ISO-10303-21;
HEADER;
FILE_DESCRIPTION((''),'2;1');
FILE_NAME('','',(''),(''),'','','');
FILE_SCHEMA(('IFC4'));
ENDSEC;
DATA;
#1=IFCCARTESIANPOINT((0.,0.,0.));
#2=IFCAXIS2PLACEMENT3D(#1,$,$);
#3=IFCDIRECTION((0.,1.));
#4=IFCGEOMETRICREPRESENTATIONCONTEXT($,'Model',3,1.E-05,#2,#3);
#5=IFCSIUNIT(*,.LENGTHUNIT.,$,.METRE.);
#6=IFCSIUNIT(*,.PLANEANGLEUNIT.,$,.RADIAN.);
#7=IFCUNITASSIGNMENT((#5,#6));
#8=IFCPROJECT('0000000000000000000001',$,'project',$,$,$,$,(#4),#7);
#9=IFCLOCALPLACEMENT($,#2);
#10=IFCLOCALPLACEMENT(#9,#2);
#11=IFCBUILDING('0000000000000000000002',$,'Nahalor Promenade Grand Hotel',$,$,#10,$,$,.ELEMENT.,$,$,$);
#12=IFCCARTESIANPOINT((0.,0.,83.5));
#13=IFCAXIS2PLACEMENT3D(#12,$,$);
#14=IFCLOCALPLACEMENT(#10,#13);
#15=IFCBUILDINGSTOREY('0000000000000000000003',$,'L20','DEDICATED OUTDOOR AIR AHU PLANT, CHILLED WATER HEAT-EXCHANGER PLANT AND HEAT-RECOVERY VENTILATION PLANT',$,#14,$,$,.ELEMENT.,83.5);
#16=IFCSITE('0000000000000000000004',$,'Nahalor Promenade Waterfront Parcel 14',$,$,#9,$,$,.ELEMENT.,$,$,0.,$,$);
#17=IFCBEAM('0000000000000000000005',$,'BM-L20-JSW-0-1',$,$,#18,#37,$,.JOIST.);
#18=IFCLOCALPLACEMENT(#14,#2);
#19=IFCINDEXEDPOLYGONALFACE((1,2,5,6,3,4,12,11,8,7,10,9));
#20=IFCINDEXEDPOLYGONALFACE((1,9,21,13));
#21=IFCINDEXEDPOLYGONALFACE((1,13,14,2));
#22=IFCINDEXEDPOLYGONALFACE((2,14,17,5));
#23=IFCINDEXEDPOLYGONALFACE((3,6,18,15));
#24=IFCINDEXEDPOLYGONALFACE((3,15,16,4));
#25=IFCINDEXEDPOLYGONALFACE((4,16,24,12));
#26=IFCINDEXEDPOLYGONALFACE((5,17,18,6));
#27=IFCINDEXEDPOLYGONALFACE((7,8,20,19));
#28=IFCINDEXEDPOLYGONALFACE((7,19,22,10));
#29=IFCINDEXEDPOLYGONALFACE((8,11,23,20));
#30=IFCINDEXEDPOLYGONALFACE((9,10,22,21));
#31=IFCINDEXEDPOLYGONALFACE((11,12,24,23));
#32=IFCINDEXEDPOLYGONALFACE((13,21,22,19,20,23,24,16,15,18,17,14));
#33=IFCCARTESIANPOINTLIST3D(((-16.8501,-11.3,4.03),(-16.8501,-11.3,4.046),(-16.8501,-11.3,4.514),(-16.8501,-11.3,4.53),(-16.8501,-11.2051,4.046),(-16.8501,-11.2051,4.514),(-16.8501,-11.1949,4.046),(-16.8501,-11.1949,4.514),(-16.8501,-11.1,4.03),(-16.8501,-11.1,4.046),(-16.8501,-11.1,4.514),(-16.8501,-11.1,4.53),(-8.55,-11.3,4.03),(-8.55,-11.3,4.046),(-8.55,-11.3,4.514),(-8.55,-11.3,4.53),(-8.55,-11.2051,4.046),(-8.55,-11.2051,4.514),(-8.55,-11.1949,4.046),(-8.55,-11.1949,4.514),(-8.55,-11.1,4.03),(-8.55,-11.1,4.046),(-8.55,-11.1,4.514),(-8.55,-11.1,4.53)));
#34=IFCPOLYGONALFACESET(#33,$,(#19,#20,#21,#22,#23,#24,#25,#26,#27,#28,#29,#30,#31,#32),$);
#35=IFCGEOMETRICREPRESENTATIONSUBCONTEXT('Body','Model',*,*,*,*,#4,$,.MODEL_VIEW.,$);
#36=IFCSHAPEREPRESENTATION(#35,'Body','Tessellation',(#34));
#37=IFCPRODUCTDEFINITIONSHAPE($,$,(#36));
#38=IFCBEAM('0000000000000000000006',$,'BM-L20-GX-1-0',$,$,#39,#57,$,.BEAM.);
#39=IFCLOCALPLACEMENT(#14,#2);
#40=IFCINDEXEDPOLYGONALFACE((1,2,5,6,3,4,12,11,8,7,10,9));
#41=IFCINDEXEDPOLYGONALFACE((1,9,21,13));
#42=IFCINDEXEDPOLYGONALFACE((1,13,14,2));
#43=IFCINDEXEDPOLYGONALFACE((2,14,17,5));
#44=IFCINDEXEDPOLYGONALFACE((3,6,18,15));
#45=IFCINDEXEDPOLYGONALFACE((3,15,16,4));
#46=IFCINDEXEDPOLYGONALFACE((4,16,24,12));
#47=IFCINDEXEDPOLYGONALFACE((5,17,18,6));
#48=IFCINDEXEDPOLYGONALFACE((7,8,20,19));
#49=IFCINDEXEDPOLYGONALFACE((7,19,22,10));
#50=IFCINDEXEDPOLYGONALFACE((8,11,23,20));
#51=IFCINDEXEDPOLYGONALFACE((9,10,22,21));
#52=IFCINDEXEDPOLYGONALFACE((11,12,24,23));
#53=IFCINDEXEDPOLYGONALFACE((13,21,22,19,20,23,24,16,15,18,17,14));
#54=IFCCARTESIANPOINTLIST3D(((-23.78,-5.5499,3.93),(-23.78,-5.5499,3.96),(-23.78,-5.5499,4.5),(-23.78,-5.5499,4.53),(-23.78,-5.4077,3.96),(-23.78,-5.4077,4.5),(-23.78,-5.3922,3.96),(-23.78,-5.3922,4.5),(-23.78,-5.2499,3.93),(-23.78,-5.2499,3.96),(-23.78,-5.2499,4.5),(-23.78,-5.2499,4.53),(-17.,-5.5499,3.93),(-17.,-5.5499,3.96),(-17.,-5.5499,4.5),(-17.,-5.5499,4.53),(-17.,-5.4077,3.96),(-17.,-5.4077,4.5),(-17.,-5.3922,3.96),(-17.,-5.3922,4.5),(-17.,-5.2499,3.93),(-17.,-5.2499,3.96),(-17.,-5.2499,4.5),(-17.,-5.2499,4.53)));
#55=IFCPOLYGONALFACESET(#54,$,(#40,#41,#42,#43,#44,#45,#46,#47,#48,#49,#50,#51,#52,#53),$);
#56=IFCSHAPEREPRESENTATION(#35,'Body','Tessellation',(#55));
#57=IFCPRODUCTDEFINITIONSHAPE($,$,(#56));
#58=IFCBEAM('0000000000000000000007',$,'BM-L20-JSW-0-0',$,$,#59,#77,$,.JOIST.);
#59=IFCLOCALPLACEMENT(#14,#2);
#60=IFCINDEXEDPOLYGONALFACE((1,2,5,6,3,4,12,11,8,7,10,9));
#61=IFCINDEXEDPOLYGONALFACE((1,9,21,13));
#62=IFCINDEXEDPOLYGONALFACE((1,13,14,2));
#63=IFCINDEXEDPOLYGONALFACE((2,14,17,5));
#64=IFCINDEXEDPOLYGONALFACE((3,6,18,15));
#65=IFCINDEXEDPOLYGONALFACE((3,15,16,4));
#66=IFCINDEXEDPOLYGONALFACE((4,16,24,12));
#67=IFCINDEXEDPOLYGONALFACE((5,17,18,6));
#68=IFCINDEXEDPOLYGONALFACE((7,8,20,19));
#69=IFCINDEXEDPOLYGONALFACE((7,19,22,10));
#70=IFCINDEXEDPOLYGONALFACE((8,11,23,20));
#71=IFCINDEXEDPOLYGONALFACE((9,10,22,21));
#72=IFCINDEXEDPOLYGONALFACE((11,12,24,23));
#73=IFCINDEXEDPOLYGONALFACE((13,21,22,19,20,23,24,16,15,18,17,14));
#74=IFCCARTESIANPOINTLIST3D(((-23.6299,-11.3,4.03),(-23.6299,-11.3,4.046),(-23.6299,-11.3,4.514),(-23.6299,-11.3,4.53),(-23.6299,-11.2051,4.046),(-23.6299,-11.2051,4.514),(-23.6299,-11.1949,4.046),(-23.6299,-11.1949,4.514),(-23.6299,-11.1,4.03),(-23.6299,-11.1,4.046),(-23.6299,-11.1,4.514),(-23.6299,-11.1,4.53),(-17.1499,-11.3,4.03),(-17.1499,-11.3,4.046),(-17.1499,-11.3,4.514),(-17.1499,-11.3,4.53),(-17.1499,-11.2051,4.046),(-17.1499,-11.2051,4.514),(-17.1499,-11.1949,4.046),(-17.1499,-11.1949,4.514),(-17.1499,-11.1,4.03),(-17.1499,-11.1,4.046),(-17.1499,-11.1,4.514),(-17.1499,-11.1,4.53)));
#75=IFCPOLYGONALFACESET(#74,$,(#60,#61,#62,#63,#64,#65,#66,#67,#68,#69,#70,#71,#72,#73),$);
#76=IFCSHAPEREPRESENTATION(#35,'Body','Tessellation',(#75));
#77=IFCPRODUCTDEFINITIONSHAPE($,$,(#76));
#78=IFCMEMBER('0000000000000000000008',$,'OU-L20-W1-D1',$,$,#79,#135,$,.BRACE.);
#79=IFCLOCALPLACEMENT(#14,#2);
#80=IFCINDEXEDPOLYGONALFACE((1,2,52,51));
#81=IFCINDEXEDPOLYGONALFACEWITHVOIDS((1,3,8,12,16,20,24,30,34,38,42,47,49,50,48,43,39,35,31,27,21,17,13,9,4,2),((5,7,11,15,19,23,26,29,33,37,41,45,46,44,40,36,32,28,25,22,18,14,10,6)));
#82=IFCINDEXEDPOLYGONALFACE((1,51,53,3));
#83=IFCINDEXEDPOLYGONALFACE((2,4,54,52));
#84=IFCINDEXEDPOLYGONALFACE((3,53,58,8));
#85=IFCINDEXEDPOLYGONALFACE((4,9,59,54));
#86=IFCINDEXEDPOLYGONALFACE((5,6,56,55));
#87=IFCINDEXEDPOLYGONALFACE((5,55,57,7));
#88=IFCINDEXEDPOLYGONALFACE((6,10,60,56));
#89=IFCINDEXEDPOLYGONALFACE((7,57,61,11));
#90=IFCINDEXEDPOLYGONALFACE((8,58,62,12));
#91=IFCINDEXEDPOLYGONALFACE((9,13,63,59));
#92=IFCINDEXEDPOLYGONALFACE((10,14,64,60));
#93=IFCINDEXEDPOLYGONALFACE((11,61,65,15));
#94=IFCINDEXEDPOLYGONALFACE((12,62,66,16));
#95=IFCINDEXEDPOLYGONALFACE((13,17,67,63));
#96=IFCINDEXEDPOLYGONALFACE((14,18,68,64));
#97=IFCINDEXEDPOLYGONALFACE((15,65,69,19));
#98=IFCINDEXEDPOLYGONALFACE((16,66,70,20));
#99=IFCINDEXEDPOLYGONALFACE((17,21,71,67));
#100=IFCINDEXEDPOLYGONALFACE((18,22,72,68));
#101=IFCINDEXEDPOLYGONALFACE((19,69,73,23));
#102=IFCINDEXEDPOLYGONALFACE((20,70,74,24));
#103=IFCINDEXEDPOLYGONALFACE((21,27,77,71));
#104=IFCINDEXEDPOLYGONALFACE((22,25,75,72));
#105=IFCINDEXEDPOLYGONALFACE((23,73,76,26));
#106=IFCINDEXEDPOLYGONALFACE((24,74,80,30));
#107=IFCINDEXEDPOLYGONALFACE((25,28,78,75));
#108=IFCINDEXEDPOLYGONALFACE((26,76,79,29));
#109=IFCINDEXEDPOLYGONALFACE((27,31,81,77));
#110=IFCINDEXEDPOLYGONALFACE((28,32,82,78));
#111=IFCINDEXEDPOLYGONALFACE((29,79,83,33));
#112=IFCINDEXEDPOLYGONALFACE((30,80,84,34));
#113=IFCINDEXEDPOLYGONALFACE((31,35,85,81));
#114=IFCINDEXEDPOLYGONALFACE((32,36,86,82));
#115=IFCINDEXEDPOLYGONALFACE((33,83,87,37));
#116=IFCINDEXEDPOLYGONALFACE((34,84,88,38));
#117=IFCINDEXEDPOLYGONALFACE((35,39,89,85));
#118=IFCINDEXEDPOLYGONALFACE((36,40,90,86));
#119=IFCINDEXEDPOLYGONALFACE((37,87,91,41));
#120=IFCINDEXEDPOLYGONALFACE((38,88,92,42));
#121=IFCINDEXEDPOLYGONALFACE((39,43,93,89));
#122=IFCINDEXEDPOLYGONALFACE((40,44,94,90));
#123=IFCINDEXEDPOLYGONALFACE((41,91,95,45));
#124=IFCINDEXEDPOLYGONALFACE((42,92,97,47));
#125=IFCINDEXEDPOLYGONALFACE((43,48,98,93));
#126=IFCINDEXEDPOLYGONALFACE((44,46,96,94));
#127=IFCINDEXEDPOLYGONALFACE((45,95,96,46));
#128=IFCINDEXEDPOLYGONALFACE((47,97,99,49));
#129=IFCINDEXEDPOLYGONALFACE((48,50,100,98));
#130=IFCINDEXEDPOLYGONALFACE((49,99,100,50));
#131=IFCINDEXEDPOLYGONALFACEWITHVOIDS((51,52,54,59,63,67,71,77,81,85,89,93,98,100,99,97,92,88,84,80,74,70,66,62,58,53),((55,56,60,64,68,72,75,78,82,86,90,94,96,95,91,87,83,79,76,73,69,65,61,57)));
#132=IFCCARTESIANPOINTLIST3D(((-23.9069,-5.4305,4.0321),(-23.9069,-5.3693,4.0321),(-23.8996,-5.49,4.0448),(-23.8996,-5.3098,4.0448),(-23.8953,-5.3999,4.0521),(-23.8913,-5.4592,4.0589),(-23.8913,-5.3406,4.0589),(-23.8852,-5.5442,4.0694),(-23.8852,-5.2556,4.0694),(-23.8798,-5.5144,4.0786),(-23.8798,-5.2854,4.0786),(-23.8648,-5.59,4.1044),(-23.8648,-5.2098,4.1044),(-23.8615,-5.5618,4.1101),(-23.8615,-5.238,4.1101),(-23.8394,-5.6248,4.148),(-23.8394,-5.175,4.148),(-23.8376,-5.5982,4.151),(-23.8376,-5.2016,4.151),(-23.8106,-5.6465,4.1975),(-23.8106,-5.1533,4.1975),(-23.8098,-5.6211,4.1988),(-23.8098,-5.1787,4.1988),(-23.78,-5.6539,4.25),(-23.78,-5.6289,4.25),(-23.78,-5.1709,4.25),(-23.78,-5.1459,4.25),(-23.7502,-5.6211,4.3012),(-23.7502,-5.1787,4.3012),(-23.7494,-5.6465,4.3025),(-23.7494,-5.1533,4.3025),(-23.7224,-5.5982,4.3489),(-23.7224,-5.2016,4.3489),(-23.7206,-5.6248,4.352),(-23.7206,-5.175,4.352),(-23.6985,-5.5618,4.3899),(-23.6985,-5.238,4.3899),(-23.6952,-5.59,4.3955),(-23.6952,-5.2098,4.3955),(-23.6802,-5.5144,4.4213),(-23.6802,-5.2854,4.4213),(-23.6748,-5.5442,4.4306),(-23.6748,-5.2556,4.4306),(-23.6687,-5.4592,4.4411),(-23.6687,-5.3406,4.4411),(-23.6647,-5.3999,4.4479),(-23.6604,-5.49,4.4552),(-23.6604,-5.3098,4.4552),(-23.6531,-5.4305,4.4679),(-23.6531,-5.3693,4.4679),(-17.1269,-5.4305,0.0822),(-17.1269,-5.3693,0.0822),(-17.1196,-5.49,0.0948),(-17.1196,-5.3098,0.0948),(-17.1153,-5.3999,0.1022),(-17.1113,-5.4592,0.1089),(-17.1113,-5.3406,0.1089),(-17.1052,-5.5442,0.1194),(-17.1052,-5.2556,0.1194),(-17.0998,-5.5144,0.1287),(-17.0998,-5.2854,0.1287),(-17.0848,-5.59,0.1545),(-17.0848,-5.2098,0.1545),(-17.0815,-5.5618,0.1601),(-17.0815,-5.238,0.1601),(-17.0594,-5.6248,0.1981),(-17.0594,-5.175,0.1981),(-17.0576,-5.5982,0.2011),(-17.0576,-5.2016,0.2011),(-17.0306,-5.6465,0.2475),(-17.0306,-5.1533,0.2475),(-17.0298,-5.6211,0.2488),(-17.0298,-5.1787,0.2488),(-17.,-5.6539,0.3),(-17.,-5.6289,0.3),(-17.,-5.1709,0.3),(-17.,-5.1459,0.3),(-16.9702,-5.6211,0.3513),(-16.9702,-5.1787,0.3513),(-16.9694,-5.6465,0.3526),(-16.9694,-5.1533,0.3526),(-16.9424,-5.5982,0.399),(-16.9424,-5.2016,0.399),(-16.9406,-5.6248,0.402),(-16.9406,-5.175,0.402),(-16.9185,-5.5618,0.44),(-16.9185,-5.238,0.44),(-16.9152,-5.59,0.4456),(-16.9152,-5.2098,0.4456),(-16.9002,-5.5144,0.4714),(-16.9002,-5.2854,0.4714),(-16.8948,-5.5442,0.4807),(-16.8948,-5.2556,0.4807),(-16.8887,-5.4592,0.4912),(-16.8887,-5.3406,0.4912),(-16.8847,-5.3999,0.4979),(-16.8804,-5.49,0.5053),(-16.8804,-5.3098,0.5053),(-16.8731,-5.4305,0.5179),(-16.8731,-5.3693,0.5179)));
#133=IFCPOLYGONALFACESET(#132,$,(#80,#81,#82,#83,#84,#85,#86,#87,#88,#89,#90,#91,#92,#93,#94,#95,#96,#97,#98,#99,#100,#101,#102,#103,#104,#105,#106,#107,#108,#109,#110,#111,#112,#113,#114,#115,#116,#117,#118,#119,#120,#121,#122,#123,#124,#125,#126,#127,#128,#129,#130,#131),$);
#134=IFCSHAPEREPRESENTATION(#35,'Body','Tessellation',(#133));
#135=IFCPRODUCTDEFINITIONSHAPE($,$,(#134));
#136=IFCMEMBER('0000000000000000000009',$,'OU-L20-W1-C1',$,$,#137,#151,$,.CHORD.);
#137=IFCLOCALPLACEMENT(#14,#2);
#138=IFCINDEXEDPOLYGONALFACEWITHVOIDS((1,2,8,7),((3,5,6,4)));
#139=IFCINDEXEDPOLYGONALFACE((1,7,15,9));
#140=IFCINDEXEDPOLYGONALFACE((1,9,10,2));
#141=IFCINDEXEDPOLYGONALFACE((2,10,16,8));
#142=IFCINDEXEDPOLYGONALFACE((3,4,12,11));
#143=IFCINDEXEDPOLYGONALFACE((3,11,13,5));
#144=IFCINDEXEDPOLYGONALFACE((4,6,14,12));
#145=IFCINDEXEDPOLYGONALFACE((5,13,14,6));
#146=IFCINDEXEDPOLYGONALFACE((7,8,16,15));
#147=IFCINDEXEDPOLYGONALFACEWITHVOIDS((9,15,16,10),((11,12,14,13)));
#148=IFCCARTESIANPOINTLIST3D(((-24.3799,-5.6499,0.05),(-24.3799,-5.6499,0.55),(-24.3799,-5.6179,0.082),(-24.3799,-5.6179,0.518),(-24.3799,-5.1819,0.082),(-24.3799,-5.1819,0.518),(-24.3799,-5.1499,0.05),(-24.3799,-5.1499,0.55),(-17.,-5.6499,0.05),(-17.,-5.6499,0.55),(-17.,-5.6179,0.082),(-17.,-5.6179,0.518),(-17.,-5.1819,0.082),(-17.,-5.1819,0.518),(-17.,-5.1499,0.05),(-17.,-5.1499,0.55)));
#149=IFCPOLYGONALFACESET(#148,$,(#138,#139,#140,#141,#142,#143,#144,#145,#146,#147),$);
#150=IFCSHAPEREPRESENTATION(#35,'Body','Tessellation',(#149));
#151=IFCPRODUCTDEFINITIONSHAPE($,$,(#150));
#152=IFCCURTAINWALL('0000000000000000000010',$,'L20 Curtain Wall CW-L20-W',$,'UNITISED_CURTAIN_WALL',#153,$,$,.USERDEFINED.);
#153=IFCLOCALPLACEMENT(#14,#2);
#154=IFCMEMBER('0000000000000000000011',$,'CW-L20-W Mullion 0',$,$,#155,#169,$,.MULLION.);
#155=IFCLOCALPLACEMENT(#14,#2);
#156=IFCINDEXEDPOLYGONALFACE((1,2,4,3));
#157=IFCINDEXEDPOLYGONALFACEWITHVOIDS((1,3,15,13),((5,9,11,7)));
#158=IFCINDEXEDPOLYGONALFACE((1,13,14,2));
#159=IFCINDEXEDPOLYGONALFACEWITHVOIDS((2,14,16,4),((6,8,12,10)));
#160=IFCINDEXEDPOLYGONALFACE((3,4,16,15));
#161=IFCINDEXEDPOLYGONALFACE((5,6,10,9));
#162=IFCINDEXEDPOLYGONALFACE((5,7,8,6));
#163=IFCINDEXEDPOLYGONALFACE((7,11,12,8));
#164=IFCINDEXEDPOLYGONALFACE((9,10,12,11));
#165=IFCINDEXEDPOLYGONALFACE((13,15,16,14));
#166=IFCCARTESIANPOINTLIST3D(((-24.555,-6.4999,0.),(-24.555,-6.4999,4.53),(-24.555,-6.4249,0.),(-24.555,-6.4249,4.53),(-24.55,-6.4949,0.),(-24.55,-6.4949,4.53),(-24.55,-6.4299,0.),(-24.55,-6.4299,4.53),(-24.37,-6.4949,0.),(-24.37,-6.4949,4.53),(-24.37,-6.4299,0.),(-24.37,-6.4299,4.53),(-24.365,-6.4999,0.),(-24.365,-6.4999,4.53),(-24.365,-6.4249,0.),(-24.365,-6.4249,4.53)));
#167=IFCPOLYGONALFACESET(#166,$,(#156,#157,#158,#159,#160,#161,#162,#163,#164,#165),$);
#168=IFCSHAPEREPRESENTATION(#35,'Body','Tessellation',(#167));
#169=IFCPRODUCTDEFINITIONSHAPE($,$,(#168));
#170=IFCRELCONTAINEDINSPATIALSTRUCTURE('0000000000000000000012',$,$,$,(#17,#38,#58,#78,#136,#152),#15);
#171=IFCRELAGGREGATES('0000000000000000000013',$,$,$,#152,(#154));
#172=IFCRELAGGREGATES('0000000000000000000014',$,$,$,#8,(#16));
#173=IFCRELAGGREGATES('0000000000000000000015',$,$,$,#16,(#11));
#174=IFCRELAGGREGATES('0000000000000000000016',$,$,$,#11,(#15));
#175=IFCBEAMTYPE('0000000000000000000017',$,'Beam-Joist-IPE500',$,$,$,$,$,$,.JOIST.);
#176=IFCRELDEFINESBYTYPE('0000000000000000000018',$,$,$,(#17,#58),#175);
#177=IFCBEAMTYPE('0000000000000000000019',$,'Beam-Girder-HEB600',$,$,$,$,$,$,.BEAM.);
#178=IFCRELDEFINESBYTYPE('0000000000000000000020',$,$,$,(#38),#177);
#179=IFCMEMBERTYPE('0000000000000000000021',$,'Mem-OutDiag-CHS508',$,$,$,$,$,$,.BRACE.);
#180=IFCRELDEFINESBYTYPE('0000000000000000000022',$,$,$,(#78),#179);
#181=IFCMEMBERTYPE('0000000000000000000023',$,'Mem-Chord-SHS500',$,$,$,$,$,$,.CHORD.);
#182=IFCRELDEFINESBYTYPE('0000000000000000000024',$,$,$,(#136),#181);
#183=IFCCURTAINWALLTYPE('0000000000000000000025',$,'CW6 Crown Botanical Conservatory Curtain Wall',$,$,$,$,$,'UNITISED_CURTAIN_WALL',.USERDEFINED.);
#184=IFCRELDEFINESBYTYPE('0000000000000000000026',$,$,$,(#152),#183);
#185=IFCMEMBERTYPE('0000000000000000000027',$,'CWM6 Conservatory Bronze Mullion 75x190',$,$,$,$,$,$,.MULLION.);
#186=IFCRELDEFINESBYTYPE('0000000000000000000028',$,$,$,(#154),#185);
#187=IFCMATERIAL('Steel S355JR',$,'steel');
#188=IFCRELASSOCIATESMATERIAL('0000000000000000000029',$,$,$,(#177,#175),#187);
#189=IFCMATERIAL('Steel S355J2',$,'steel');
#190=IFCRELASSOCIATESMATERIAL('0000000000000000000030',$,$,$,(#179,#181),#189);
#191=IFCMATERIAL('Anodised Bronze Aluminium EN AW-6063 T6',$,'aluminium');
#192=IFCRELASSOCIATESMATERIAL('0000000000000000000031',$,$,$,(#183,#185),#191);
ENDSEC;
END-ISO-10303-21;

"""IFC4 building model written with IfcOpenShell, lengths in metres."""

from ifc_helpers import new_model, si_unit, direction, frame, origin, origin_2d, place, context, subcontext, project, spatial, hollow_rectangle, hollow_circle, i_section, extrude, source, transform, mapped, material, material_profile, profile_set, type_object, element, aggregate, save


model = new_model("IFC4")

# Units and contexts
model_context = context("Model", 3, precision=1e-05, world=origin(), true_north=direction((0.0, 1.0)))
body_context = subcontext(model_context, "Body", "Model", "MODEL_VIEW")
ifc_project = project(units=[si_unit("LENGTHUNIT", "METRE"), si_unit("PLANEANGLEUNIT", "RADIAN")], contexts=[model_context])

# Site, building, storey
site_placement = place(None, origin())
site = spatial("IfcSite", under=ifc_project, at=site_placement, Name="Nahalor Promenade Waterfront Parcel 14", CompositionType="ELEMENT", RefElevation=0.0)
building_placement = place(site_placement, origin())
building = spatial("IfcBuilding", under=site, at=building_placement, Name="Nahalor Promenade Grand Hotel", CompositionType="ELEMENT")
storey_placement = place(building_placement, frame((0.0, 0.0, 83.5)))
storey = spatial("IfcBuildingStorey", under=building, at=storey_placement, Name="L20", Description="DEDICATED OUTDOOR AIR AHU PLANT, CHILLED WATER HEAT-EXCHANGER PLANT AND HEAT-RECOVERY VENTILATION PLANT", CompositionType="ELEMENT", Elevation=83.5)

# Shared definitions
ifc_material_1 = material(Name="Steel S355J2", Category="steel")

# Beams
ifc_material_2 = material(Name="Steel S355JR", Category="steel")
ifc_material_profile_1 = material_profile(ifc_material_2, i_section(OverallWidth=0.3, OverallDepth=0.6, WebThickness=0.0155, FlangeThickness=0.03, at=origin_2d()), Name="HEB 600")
ifc_profile_set_1 = profile_set([ifc_material_profile_1], Name="Steel S355JR")
beam_type_1 = type_object("IfcBeamType", Name="Beam-Girder-HEB600", PredefinedType="BEAM", material=ifc_profile_set_1)
ifc_material_profile_2 = material_profile(ifc_material_2, i_section(OverallWidth=0.2, OverallDepth=0.5, WebThickness=0.0102, FlangeThickness=0.016, at=origin_2d()), Name="IPE 500")
ifc_profile_set_2 = profile_set([ifc_material_profile_2], Name="Steel S355JR")
beam_type_2 = type_object("IfcBeamType", Name="Beam-Joist-IPE500", PredefinedType="JOIST", material=ifc_profile_set_2)
shared_shape_1 = source(origin(), body_context, "Body", "SweptSolid", [
    extrude(i_section(OverallWidth=0.2, OverallDepth=0.5, WebThickness=0.0102, FlangeThickness=0.016, at=origin_2d()), origin(), (0.0, 0.0, 1.0), 8.3),
])
beam_1_placement = place(storey_placement, frame((-16.8501, -11.2, 4.28), z_axis=(1.0, 0.0, 0.0), x_axis=(0.0, 1.0, 0.0)))
element("IfcBeam", 1, at=beam_1_placement, inside=storey, type_object=beam_type_2, Name="BM-L20-JSW-0-1", PredefinedType="JOIST", context=body_context, shape_type="MappedRepresentation", body=[
    mapped(shared_shape_1, transform((0.0, 0.0, 0.0), scale=1.0)),
])
shared_shape_2 = source(origin(), body_context, "Body", "SweptSolid", [
    extrude(i_section(OverallWidth=0.3, OverallDepth=0.6, WebThickness=0.0155, FlangeThickness=0.03, at=origin_2d()), origin(), (0.0, 0.0, 1.0), 6.78),
])
beam_2_placement = place(storey_placement, frame((-23.78, -5.3999, 4.23), z_axis=(1.0, 0.0, 0.0), x_axis=(0.0, 1.0, 0.0)))
element("IfcBeam", 2, at=beam_2_placement, inside=storey, type_object=beam_type_1, Name="BM-L20-GX-1-0", PredefinedType="BEAM", context=body_context, shape_type="MappedRepresentation", body=[
    mapped(shared_shape_2, transform((0.0, 0.0, 0.0), scale=1.0)),
])
shared_shape_3 = source(origin(), body_context, "Body", "SweptSolid", [
    extrude(i_section(OverallWidth=0.2, OverallDepth=0.5, WebThickness=0.0102, FlangeThickness=0.016, at=origin_2d()), origin(), (0.0, 0.0, 1.0), 6.48),
])
beam_3_placement = place(storey_placement, frame((-23.6299, -11.2, 4.28), z_axis=(1.0, 0.0, 0.0), x_axis=(0.0, 1.0, 0.0)))
element("IfcBeam", 3, at=beam_3_placement, inside=storey, type_object=beam_type_2, Name="BM-L20-JSW-0-0", PredefinedType="JOIST", context=body_context, shape_type="MappedRepresentation", body=[
    mapped(shared_shape_3, transform((0.0, 0.0, 0.0), scale=1.0)),
])

# Members
ifc_material_profile_3 = material_profile(ifc_material_1, hollow_circle(Radius=0.254, WallThickness=0.025, at=origin_2d()), Name="CHS 508x25")
ifc_profile_set_3 = profile_set([ifc_material_profile_3], Name="Steel S355J2")
member_type_1 = type_object("IfcMemberType", Name="Mem-OutDiag-CHS508", PredefinedType="BRACE", material=ifc_profile_set_3)
shared_shape_4 = source(origin(), body_context, "Body", "SweptSolid", [
    extrude(hollow_circle(Radius=0.254, WallThickness=0.025, at=origin_2d()), origin(), (0.0, 0.0, 1.0), 7.8467),
])
member_1_placement = place(storey_placement, frame((-17.0, -5.3999, 0.3), z_axis=(-0.86406, 0.0, 0.503389), x_axis=(0.0, -1.0, 0.0)))
element("IfcMember", 4, at=member_1_placement, inside=storey, type_object=member_type_1, Name="OU-L20-W1-D1", PredefinedType="BRACE", context=body_context, shape_type="MappedRepresentation", body=[
    mapped(shared_shape_4, transform((0.0, 0.0, 0.0), scale=1.0)),
])
ifc_material_profile_4 = material_profile(ifc_material_1, hollow_rectangle(XDim=0.5, YDim=0.5, WallThickness=0.032, at=origin_2d()), Name="SHS 500x500x32")
ifc_profile_set_4 = profile_set([ifc_material_profile_4], Name="Steel S355J2")
member_type_2 = type_object("IfcMemberType", Name="Mem-Chord-SHS500", PredefinedType="CHORD", material=ifc_profile_set_4)
shared_shape_5 = source(origin(), body_context, "Body", "SweptSolid", [
    extrude(hollow_rectangle(XDim=0.5, YDim=0.5, WallThickness=0.032, at=origin_2d()), origin(), (0.0, 0.0, 1.0), 7.3799),
])
member_2_placement = place(storey_placement, frame((-17.0, -5.3999, 0.3), z_axis=(-1.0, 0.0, 0.0), x_axis=(0.0, -1.0, 0.0)))
element("IfcMember", 5, at=member_2_placement, inside=storey, type_object=member_type_2, Name="OU-L20-W1-C1", PredefinedType="CHORD", context=body_context, shape_type="MappedRepresentation", body=[
    mapped(shared_shape_5, transform((0.0, 0.0, 0.0), scale=1.0)),
])

# Curtain wall, member
ifc_material_3 = material(Name="Anodised Bronze Aluminium EN AW-6063 T6", Category="aluminium")
curtain_wall_type = type_object("IfcCurtainWallType", Name="CW6 Crown Botanical Conservatory Curtain Wall", ElementType="UNITISED_CURTAIN_WALL", PredefinedType="USERDEFINED", material=ifc_material_3)
curtain_wall_placement = place(storey_placement, origin())
curtain_wall = element("IfcCurtainWall", 6, at=curtain_wall_placement, inside=storey, type_object=curtain_wall_type, Name="L20 Curtain Wall CW-L20-W", ObjectType="UNITISED_CURTAIN_WALL", PredefinedType="USERDEFINED")
ifc_material_profile_5 = material_profile(ifc_material_3, hollow_rectangle(XDim=0.075, YDim=0.19, WallThickness=0.005, at=origin_2d()), Name="CWM 75x190x5")
ifc_profile_set_5 = profile_set([ifc_material_profile_5], Name="Anodised Bronze Aluminium EN AW-6063 T6")
member_type_3 = type_object("IfcMemberType", Name="CWM6 Conservatory Bronze Mullion 75x190", PredefinedType="MULLION", material=ifc_profile_set_5)
shared_shape_6 = source(origin(), body_context, "Body", "SweptSolid", [
    extrude(hollow_rectangle(XDim=0.075, YDim=0.19, WallThickness=0.005, at=origin_2d()), origin(), (0.0, 0.0, 1.0), 4.53),
])
member_3_placement = place(storey_placement, frame((-24.46, -6.4624, 0.0), z_axis=(0.0, 0.0, 1.0), x_axis=(0.0, 1.0, 0.0)))
member_3 = element("IfcMember", 7, at=member_3_placement, type_object=member_type_3, Name="CW-L20-W Mullion 0", PredefinedType="MULLION", context=body_context, shape_type="MappedRepresentation", body=[
    mapped(shared_shape_6, transform((0.0, 0.0, 0.0), scale=1.0)),
])
aggregate(curtain_wall, [member_3])

save(model, "model.ifc")
